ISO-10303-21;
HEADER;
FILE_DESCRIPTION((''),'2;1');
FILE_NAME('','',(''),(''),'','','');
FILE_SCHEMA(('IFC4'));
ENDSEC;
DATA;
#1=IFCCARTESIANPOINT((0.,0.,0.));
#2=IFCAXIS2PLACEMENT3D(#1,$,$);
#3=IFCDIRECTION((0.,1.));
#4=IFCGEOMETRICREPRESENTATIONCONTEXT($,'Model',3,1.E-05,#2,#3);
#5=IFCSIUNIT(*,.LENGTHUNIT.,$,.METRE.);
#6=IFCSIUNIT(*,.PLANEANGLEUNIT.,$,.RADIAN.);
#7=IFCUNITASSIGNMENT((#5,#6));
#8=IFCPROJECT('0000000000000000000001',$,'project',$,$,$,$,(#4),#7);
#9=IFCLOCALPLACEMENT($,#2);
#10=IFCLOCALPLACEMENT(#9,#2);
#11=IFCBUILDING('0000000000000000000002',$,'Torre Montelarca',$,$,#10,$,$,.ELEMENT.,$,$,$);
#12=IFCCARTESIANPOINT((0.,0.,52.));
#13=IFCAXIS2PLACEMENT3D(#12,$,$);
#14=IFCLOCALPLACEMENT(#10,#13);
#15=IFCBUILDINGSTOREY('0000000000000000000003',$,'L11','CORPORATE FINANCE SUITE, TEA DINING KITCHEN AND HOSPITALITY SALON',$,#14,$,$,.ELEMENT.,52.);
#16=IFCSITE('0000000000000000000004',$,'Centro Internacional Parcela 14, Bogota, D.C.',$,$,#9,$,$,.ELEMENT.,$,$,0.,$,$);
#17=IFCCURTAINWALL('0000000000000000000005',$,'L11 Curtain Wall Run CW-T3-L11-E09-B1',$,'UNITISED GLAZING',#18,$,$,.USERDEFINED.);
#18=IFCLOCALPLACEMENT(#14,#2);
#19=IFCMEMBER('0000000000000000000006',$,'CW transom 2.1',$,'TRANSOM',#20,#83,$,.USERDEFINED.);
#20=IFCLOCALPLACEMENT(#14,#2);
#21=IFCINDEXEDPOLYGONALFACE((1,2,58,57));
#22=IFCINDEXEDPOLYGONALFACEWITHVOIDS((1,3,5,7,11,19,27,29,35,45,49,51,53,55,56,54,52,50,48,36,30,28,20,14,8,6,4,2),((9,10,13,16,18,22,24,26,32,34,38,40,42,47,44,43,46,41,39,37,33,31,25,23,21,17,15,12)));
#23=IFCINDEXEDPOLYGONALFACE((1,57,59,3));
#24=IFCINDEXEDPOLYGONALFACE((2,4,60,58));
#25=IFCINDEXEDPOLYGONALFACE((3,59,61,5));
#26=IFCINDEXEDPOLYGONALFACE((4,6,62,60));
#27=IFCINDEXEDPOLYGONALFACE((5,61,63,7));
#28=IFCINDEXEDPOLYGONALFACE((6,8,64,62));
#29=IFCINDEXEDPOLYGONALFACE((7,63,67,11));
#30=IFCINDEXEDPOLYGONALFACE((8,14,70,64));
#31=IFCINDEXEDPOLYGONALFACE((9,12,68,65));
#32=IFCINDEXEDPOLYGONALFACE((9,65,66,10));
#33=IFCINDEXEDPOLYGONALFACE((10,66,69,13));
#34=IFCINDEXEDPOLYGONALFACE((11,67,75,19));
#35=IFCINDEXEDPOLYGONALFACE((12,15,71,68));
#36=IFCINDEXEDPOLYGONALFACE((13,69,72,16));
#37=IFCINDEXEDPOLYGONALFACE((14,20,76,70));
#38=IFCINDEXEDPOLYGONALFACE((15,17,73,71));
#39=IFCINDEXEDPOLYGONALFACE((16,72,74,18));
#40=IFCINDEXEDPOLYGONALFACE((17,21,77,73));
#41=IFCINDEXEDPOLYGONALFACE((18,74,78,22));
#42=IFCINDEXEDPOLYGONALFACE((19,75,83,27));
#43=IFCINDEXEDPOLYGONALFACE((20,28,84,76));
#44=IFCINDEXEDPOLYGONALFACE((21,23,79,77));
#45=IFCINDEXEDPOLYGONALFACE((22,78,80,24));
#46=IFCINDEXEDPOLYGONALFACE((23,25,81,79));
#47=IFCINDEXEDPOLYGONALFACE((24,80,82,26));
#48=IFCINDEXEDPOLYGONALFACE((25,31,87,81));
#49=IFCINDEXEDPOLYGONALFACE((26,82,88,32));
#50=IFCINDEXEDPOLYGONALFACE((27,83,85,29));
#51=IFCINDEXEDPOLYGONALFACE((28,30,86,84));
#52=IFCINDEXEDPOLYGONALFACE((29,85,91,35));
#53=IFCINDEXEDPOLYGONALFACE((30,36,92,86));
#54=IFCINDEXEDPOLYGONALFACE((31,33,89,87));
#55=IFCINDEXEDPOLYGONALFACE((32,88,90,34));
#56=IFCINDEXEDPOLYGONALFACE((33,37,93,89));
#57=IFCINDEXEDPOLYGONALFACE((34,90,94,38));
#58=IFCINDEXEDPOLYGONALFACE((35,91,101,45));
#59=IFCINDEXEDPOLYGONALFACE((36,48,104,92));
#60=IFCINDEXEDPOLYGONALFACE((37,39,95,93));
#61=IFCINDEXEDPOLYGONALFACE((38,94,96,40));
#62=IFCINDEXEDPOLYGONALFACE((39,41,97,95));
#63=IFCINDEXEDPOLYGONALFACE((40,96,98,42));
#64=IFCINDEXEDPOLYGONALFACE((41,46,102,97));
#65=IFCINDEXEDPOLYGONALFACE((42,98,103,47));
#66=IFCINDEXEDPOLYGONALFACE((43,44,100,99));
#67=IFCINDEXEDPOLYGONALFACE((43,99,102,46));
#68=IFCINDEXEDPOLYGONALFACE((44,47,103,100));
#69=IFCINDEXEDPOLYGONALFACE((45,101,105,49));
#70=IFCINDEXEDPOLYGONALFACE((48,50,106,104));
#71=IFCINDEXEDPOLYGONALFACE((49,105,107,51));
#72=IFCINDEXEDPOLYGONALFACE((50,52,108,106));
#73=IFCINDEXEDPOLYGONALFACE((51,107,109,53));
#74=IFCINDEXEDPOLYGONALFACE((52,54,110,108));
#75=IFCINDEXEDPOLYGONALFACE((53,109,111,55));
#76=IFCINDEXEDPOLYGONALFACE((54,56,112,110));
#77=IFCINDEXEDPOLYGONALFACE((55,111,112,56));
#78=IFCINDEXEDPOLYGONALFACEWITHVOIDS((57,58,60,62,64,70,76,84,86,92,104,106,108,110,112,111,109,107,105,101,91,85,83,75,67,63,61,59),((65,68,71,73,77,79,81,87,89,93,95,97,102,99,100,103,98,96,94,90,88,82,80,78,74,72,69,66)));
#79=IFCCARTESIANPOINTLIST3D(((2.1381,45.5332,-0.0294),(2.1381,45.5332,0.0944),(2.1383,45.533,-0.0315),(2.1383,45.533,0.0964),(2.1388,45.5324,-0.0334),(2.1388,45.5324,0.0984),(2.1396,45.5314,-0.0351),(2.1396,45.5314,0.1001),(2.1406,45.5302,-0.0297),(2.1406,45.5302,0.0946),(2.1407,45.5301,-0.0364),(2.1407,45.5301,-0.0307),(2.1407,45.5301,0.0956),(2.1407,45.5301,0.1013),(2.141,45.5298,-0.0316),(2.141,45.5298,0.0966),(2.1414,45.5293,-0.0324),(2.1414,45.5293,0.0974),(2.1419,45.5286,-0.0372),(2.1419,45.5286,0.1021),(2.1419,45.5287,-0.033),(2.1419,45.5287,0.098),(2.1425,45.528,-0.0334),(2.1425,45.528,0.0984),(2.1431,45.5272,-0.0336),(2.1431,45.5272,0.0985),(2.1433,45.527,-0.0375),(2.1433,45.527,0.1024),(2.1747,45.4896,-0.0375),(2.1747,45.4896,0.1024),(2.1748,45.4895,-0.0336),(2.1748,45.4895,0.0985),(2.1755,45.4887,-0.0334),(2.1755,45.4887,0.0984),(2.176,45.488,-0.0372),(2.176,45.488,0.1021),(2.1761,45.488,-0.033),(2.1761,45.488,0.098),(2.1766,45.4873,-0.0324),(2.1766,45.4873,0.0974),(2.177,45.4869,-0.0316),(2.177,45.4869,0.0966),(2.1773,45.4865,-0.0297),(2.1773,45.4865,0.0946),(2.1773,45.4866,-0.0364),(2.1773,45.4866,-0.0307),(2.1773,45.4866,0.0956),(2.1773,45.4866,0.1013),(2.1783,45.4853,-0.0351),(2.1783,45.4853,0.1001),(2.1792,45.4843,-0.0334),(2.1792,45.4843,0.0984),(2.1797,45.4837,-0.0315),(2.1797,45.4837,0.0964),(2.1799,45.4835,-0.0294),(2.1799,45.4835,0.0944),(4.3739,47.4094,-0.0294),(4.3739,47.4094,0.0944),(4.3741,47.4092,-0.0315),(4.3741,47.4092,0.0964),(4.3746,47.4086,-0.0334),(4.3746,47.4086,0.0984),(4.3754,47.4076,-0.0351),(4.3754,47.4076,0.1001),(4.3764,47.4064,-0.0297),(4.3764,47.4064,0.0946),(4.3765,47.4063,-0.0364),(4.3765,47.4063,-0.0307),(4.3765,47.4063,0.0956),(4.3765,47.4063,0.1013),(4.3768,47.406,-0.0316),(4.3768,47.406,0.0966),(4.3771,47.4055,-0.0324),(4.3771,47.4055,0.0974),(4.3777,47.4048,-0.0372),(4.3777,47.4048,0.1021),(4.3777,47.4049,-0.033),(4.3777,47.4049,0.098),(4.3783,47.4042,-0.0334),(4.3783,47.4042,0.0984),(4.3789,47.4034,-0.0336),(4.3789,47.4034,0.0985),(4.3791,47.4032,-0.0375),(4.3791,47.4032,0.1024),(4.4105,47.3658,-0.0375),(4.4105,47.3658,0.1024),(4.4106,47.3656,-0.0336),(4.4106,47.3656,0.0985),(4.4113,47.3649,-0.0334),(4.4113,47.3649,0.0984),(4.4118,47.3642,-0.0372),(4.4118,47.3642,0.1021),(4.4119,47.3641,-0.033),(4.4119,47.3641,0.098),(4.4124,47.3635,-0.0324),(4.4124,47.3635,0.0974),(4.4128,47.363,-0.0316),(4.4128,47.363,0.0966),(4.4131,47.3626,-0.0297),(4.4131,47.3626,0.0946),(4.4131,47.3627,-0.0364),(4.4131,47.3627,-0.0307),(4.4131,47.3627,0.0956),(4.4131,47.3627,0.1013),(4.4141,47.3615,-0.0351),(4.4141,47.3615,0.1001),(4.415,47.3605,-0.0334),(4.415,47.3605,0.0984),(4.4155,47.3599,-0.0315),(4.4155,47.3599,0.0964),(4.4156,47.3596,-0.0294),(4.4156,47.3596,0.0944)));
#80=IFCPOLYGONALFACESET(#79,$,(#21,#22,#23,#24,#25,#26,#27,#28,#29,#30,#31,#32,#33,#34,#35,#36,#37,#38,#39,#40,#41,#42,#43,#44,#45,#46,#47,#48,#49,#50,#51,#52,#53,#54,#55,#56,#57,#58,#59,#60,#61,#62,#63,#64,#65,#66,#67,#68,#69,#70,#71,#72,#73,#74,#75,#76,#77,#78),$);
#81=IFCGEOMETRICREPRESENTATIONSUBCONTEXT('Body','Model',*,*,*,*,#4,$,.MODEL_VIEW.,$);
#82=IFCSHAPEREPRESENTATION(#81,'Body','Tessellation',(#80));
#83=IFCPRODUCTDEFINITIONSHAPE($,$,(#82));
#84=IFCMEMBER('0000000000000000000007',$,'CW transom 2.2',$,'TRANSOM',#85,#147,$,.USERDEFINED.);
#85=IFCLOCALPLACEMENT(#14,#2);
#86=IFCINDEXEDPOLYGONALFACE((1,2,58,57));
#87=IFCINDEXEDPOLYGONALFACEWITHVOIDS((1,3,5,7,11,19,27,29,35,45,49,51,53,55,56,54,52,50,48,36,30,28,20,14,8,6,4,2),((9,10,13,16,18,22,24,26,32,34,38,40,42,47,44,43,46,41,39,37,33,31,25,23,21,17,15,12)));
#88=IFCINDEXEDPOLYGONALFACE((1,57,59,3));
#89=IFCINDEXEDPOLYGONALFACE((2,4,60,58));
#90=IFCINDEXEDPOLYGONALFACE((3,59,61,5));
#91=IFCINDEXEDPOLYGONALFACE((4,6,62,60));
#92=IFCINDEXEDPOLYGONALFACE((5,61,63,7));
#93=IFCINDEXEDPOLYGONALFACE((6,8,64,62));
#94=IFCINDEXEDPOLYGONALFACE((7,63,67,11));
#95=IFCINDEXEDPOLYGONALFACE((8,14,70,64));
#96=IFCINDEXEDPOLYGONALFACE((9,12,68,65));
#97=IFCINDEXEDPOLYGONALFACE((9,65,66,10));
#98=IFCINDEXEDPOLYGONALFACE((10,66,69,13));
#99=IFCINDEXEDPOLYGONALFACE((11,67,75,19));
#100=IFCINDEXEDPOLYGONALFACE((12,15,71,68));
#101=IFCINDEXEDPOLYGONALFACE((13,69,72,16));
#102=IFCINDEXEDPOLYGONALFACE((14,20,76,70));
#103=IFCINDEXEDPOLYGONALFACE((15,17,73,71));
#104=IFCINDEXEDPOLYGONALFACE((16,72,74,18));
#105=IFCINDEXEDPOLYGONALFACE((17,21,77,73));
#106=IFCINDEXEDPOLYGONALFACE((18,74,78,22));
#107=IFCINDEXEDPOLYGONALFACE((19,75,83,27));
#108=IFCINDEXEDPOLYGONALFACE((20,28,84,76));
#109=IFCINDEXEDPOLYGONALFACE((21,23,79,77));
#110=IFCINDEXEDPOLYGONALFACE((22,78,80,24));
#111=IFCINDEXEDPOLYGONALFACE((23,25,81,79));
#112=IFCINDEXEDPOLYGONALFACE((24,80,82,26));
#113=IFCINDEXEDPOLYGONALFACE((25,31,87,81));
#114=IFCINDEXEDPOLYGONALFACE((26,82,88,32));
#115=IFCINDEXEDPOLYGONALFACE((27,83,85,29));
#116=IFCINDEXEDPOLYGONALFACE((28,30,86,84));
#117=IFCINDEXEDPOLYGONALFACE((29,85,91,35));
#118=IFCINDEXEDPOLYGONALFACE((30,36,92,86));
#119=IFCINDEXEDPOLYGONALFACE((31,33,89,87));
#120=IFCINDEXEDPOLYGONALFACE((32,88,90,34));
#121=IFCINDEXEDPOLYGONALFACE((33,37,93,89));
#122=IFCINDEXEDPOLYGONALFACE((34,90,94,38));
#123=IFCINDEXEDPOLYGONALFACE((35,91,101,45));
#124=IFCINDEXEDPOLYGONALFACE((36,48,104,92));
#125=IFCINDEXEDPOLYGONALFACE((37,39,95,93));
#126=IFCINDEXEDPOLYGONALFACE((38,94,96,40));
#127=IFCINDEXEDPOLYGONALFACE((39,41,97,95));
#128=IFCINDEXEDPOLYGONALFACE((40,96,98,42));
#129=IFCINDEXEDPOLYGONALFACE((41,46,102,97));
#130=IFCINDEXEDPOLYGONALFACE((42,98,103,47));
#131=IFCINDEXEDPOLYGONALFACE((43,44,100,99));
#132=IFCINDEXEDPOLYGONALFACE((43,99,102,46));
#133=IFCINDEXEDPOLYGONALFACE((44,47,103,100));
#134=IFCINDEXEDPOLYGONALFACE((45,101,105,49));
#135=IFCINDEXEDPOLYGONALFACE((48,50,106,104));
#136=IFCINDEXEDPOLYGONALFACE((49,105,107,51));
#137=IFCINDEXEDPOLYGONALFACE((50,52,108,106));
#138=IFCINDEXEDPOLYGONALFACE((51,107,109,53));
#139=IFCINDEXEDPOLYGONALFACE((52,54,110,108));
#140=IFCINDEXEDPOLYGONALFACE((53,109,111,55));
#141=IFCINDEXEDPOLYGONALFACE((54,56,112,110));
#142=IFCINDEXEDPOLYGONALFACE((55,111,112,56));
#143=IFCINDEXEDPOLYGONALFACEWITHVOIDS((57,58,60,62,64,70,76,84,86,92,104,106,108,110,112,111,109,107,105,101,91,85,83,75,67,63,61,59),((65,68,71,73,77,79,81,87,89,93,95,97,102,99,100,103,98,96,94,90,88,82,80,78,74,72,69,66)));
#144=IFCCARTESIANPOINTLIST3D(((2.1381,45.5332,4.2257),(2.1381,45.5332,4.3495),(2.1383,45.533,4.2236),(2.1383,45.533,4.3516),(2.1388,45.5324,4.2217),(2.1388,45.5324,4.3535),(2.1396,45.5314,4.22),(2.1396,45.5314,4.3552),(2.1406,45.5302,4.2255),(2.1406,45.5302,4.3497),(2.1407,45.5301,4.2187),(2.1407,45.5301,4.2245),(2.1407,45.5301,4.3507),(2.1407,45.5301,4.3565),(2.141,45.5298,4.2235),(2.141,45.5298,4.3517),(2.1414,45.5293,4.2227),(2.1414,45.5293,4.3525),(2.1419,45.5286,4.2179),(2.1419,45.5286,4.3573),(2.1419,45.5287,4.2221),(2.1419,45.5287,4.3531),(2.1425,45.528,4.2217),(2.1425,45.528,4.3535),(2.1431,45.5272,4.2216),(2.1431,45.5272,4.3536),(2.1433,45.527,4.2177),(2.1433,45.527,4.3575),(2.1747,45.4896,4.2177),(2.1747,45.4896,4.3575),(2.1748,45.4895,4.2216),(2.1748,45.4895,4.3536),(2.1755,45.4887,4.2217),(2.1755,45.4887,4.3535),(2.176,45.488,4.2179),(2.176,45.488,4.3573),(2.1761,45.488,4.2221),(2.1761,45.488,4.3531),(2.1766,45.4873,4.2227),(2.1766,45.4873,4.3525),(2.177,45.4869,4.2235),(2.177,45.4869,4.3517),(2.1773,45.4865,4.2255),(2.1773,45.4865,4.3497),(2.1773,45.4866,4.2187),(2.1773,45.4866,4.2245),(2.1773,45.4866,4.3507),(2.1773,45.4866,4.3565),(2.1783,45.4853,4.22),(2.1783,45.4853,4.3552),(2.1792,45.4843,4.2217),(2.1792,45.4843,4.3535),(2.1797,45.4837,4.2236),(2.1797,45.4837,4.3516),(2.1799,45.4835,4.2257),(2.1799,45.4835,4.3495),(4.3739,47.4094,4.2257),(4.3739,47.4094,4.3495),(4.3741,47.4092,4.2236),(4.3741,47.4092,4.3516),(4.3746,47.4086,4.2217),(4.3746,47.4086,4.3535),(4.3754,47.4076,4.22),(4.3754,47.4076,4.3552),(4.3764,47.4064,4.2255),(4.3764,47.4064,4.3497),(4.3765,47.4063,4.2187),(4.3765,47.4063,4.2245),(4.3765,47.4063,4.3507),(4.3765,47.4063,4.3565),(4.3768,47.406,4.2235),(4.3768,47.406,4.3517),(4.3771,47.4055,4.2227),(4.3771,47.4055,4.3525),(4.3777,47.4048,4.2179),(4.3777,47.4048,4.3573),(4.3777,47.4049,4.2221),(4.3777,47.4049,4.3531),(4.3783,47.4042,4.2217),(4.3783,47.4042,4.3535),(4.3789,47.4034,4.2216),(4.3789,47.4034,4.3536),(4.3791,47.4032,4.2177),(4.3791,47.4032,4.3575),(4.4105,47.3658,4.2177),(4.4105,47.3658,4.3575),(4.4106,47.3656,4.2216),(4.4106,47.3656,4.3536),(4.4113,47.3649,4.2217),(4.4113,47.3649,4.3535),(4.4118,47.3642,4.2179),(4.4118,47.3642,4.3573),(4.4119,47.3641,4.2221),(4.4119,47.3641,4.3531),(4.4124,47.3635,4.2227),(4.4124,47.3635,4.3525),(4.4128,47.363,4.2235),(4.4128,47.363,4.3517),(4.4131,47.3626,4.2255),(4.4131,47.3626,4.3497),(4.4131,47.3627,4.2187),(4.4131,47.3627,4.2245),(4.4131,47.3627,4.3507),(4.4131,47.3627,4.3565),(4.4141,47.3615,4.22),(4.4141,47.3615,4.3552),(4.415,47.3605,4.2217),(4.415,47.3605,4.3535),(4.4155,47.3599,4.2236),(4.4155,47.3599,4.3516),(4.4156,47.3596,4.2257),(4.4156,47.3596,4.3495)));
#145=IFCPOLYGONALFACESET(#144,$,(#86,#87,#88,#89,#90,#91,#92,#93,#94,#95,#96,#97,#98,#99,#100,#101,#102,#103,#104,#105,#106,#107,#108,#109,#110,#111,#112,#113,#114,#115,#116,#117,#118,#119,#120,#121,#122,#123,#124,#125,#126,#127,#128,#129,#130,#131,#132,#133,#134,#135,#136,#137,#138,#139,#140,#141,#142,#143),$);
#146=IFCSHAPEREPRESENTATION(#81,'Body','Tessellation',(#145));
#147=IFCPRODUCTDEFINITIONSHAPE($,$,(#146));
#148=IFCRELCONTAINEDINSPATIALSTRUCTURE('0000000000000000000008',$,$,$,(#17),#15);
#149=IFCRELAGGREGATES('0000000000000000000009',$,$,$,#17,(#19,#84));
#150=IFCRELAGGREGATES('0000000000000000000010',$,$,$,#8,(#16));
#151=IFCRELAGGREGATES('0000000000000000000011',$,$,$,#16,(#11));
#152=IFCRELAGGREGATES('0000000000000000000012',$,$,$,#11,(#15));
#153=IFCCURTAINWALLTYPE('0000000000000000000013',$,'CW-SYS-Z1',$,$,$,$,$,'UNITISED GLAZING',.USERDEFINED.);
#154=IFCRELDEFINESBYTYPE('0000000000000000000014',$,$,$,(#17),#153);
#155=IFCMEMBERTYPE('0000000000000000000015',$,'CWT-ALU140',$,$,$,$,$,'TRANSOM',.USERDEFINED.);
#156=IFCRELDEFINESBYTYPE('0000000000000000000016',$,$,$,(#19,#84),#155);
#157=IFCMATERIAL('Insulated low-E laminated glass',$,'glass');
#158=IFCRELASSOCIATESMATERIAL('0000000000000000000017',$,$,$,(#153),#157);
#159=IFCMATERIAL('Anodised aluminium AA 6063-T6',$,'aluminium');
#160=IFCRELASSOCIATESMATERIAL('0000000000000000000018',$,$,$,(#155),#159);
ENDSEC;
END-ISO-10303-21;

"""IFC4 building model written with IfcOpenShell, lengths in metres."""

from ifc_helpers import new_model, si_unit, direction, frame, origin, origin_2d, place, context, subcontext, project, spatial, hollow_rectangle, extrude, source, transform, mapped, material, material_profile, profile_set, type_object, element, aggregate, save


model = new_model("IFC4")

# Units and contexts
model_context = context("Model", 3, precision=1e-05, world=origin(), true_north=direction((0.0, 1.0)))
body_context = subcontext(model_context, "Body", "Model", "MODEL_VIEW")
ifc_project = project(units=[si_unit("LENGTHUNIT", "METRE"), si_unit("PLANEANGLEUNIT", "RADIAN")], contexts=[model_context])

# Site, building, storey
site_placement = place(None, origin())
site = spatial("IfcSite", under=ifc_project, at=site_placement, Name="Centro Internacional Parcela 14, Bogota, D.C.", CompositionType="ELEMENT", RefElevation=0.0)
building_placement = place(site_placement, origin())
building = spatial("IfcBuilding", under=site, at=building_placement, Name="Torre Montelarca", CompositionType="ELEMENT")
storey_placement = place(building_placement, frame((0.0, 0.0, 52.0)))
storey = spatial("IfcBuildingStorey", under=building, at=storey_placement, Name="L11", Description="CORPORATE FINANCE SUITE, TEA DINING KITCHEN AND HOSPITALITY SALON", CompositionType="ELEMENT", Elevation=52.0)

# Shared definitions
ifc_material_1 = material(Name="Insulated low-E laminated glass", Category="glass")
curtain_wall_type = type_object("IfcCurtainWallType", Name="CW-SYS-Z1", ElementType="UNITISED GLAZING", PredefinedType="USERDEFINED", material=ifc_material_1)
ifc_material_2 = material(Name="Anodised aluminium AA 6063-T6", Category="aluminium")

# Curtain wall
curtain_wall_1_placement = place(storey_placement, origin())
curtain_wall_1 = element("IfcCurtainWall", 1, at=curtain_wall_1_placement, inside=storey, type_object=curtain_wall_type, Name="L11 Curtain Wall Run CW-T3-L11-E09-B1", ObjectType="UNITISED GLAZING", PredefinedType="USERDEFINED")

# Members
ifc_material_profile_1 = material_profile(ifc_material_2, hollow_rectangle(XDim=0.0649, YDim=0.1399, WallThickness=0.0039, InnerFilletRadius=0.0039, OuterFilletRadius=0.0081, at=origin_2d()), Name="ALU65X140X4", Category="aluminium")
ifc_profile_set_1 = profile_set([ifc_material_profile_1], Name="Anodised aluminium AA 6063-T6")
member_type_1 = type_object("IfcMemberType", Name="CWT-ALU140", ElementType="TRANSOM", PredefinedType="USERDEFINED", material=ifc_profile_set_1)
shared_shape_1 = source(origin(), body_context, "Body", "SweptSolid", [
    extrude(hollow_rectangle(XDim=0.0649, YDim=0.1399, WallThickness=0.0039, InnerFilletRadius=0.0039, OuterFilletRadius=0.0081, at=origin_2d()), origin(), (0.0, 0.0, 1.0), 2.9187),
])
member_1_placement = place(storey_placement, frame((4.3948, 47.3845, 0.0325), z_axis=(-0.766023, -0.642813, 0.0), x_axis=(0.642813, -0.766023, 0.0)))
member_1 = element("IfcMember", 2, at=member_1_placement, type_object=member_type_1, Name="CW transom 2.1", ObjectType="TRANSOM", PredefinedType="USERDEFINED", context=body_context, shape_type="MappedRepresentation", body=[
    mapped(shared_shape_1, transform((0.0, 0.0, 0.0), scale=1.0)),
])
member_2_placement = place(storey_placement, frame((4.3948, 47.3845, 4.2876), z_axis=(-0.766023, -0.642813, 0.0), x_axis=(0.642813, -0.766023, 0.0)))
member_2 = element("IfcMember", 3, at=member_2_placement, type_object=member_type_1, Name="CW transom 2.2", ObjectType="TRANSOM", PredefinedType="USERDEFINED", context=body_context, shape_type="MappedRepresentation", body=[
    mapped(shared_shape_1, transform((0.0, 0.0, 0.0), scale=1.0)),
])

aggregate(curtain_wall_1, [member_1, member_2])

save(model, "model.ifc")
